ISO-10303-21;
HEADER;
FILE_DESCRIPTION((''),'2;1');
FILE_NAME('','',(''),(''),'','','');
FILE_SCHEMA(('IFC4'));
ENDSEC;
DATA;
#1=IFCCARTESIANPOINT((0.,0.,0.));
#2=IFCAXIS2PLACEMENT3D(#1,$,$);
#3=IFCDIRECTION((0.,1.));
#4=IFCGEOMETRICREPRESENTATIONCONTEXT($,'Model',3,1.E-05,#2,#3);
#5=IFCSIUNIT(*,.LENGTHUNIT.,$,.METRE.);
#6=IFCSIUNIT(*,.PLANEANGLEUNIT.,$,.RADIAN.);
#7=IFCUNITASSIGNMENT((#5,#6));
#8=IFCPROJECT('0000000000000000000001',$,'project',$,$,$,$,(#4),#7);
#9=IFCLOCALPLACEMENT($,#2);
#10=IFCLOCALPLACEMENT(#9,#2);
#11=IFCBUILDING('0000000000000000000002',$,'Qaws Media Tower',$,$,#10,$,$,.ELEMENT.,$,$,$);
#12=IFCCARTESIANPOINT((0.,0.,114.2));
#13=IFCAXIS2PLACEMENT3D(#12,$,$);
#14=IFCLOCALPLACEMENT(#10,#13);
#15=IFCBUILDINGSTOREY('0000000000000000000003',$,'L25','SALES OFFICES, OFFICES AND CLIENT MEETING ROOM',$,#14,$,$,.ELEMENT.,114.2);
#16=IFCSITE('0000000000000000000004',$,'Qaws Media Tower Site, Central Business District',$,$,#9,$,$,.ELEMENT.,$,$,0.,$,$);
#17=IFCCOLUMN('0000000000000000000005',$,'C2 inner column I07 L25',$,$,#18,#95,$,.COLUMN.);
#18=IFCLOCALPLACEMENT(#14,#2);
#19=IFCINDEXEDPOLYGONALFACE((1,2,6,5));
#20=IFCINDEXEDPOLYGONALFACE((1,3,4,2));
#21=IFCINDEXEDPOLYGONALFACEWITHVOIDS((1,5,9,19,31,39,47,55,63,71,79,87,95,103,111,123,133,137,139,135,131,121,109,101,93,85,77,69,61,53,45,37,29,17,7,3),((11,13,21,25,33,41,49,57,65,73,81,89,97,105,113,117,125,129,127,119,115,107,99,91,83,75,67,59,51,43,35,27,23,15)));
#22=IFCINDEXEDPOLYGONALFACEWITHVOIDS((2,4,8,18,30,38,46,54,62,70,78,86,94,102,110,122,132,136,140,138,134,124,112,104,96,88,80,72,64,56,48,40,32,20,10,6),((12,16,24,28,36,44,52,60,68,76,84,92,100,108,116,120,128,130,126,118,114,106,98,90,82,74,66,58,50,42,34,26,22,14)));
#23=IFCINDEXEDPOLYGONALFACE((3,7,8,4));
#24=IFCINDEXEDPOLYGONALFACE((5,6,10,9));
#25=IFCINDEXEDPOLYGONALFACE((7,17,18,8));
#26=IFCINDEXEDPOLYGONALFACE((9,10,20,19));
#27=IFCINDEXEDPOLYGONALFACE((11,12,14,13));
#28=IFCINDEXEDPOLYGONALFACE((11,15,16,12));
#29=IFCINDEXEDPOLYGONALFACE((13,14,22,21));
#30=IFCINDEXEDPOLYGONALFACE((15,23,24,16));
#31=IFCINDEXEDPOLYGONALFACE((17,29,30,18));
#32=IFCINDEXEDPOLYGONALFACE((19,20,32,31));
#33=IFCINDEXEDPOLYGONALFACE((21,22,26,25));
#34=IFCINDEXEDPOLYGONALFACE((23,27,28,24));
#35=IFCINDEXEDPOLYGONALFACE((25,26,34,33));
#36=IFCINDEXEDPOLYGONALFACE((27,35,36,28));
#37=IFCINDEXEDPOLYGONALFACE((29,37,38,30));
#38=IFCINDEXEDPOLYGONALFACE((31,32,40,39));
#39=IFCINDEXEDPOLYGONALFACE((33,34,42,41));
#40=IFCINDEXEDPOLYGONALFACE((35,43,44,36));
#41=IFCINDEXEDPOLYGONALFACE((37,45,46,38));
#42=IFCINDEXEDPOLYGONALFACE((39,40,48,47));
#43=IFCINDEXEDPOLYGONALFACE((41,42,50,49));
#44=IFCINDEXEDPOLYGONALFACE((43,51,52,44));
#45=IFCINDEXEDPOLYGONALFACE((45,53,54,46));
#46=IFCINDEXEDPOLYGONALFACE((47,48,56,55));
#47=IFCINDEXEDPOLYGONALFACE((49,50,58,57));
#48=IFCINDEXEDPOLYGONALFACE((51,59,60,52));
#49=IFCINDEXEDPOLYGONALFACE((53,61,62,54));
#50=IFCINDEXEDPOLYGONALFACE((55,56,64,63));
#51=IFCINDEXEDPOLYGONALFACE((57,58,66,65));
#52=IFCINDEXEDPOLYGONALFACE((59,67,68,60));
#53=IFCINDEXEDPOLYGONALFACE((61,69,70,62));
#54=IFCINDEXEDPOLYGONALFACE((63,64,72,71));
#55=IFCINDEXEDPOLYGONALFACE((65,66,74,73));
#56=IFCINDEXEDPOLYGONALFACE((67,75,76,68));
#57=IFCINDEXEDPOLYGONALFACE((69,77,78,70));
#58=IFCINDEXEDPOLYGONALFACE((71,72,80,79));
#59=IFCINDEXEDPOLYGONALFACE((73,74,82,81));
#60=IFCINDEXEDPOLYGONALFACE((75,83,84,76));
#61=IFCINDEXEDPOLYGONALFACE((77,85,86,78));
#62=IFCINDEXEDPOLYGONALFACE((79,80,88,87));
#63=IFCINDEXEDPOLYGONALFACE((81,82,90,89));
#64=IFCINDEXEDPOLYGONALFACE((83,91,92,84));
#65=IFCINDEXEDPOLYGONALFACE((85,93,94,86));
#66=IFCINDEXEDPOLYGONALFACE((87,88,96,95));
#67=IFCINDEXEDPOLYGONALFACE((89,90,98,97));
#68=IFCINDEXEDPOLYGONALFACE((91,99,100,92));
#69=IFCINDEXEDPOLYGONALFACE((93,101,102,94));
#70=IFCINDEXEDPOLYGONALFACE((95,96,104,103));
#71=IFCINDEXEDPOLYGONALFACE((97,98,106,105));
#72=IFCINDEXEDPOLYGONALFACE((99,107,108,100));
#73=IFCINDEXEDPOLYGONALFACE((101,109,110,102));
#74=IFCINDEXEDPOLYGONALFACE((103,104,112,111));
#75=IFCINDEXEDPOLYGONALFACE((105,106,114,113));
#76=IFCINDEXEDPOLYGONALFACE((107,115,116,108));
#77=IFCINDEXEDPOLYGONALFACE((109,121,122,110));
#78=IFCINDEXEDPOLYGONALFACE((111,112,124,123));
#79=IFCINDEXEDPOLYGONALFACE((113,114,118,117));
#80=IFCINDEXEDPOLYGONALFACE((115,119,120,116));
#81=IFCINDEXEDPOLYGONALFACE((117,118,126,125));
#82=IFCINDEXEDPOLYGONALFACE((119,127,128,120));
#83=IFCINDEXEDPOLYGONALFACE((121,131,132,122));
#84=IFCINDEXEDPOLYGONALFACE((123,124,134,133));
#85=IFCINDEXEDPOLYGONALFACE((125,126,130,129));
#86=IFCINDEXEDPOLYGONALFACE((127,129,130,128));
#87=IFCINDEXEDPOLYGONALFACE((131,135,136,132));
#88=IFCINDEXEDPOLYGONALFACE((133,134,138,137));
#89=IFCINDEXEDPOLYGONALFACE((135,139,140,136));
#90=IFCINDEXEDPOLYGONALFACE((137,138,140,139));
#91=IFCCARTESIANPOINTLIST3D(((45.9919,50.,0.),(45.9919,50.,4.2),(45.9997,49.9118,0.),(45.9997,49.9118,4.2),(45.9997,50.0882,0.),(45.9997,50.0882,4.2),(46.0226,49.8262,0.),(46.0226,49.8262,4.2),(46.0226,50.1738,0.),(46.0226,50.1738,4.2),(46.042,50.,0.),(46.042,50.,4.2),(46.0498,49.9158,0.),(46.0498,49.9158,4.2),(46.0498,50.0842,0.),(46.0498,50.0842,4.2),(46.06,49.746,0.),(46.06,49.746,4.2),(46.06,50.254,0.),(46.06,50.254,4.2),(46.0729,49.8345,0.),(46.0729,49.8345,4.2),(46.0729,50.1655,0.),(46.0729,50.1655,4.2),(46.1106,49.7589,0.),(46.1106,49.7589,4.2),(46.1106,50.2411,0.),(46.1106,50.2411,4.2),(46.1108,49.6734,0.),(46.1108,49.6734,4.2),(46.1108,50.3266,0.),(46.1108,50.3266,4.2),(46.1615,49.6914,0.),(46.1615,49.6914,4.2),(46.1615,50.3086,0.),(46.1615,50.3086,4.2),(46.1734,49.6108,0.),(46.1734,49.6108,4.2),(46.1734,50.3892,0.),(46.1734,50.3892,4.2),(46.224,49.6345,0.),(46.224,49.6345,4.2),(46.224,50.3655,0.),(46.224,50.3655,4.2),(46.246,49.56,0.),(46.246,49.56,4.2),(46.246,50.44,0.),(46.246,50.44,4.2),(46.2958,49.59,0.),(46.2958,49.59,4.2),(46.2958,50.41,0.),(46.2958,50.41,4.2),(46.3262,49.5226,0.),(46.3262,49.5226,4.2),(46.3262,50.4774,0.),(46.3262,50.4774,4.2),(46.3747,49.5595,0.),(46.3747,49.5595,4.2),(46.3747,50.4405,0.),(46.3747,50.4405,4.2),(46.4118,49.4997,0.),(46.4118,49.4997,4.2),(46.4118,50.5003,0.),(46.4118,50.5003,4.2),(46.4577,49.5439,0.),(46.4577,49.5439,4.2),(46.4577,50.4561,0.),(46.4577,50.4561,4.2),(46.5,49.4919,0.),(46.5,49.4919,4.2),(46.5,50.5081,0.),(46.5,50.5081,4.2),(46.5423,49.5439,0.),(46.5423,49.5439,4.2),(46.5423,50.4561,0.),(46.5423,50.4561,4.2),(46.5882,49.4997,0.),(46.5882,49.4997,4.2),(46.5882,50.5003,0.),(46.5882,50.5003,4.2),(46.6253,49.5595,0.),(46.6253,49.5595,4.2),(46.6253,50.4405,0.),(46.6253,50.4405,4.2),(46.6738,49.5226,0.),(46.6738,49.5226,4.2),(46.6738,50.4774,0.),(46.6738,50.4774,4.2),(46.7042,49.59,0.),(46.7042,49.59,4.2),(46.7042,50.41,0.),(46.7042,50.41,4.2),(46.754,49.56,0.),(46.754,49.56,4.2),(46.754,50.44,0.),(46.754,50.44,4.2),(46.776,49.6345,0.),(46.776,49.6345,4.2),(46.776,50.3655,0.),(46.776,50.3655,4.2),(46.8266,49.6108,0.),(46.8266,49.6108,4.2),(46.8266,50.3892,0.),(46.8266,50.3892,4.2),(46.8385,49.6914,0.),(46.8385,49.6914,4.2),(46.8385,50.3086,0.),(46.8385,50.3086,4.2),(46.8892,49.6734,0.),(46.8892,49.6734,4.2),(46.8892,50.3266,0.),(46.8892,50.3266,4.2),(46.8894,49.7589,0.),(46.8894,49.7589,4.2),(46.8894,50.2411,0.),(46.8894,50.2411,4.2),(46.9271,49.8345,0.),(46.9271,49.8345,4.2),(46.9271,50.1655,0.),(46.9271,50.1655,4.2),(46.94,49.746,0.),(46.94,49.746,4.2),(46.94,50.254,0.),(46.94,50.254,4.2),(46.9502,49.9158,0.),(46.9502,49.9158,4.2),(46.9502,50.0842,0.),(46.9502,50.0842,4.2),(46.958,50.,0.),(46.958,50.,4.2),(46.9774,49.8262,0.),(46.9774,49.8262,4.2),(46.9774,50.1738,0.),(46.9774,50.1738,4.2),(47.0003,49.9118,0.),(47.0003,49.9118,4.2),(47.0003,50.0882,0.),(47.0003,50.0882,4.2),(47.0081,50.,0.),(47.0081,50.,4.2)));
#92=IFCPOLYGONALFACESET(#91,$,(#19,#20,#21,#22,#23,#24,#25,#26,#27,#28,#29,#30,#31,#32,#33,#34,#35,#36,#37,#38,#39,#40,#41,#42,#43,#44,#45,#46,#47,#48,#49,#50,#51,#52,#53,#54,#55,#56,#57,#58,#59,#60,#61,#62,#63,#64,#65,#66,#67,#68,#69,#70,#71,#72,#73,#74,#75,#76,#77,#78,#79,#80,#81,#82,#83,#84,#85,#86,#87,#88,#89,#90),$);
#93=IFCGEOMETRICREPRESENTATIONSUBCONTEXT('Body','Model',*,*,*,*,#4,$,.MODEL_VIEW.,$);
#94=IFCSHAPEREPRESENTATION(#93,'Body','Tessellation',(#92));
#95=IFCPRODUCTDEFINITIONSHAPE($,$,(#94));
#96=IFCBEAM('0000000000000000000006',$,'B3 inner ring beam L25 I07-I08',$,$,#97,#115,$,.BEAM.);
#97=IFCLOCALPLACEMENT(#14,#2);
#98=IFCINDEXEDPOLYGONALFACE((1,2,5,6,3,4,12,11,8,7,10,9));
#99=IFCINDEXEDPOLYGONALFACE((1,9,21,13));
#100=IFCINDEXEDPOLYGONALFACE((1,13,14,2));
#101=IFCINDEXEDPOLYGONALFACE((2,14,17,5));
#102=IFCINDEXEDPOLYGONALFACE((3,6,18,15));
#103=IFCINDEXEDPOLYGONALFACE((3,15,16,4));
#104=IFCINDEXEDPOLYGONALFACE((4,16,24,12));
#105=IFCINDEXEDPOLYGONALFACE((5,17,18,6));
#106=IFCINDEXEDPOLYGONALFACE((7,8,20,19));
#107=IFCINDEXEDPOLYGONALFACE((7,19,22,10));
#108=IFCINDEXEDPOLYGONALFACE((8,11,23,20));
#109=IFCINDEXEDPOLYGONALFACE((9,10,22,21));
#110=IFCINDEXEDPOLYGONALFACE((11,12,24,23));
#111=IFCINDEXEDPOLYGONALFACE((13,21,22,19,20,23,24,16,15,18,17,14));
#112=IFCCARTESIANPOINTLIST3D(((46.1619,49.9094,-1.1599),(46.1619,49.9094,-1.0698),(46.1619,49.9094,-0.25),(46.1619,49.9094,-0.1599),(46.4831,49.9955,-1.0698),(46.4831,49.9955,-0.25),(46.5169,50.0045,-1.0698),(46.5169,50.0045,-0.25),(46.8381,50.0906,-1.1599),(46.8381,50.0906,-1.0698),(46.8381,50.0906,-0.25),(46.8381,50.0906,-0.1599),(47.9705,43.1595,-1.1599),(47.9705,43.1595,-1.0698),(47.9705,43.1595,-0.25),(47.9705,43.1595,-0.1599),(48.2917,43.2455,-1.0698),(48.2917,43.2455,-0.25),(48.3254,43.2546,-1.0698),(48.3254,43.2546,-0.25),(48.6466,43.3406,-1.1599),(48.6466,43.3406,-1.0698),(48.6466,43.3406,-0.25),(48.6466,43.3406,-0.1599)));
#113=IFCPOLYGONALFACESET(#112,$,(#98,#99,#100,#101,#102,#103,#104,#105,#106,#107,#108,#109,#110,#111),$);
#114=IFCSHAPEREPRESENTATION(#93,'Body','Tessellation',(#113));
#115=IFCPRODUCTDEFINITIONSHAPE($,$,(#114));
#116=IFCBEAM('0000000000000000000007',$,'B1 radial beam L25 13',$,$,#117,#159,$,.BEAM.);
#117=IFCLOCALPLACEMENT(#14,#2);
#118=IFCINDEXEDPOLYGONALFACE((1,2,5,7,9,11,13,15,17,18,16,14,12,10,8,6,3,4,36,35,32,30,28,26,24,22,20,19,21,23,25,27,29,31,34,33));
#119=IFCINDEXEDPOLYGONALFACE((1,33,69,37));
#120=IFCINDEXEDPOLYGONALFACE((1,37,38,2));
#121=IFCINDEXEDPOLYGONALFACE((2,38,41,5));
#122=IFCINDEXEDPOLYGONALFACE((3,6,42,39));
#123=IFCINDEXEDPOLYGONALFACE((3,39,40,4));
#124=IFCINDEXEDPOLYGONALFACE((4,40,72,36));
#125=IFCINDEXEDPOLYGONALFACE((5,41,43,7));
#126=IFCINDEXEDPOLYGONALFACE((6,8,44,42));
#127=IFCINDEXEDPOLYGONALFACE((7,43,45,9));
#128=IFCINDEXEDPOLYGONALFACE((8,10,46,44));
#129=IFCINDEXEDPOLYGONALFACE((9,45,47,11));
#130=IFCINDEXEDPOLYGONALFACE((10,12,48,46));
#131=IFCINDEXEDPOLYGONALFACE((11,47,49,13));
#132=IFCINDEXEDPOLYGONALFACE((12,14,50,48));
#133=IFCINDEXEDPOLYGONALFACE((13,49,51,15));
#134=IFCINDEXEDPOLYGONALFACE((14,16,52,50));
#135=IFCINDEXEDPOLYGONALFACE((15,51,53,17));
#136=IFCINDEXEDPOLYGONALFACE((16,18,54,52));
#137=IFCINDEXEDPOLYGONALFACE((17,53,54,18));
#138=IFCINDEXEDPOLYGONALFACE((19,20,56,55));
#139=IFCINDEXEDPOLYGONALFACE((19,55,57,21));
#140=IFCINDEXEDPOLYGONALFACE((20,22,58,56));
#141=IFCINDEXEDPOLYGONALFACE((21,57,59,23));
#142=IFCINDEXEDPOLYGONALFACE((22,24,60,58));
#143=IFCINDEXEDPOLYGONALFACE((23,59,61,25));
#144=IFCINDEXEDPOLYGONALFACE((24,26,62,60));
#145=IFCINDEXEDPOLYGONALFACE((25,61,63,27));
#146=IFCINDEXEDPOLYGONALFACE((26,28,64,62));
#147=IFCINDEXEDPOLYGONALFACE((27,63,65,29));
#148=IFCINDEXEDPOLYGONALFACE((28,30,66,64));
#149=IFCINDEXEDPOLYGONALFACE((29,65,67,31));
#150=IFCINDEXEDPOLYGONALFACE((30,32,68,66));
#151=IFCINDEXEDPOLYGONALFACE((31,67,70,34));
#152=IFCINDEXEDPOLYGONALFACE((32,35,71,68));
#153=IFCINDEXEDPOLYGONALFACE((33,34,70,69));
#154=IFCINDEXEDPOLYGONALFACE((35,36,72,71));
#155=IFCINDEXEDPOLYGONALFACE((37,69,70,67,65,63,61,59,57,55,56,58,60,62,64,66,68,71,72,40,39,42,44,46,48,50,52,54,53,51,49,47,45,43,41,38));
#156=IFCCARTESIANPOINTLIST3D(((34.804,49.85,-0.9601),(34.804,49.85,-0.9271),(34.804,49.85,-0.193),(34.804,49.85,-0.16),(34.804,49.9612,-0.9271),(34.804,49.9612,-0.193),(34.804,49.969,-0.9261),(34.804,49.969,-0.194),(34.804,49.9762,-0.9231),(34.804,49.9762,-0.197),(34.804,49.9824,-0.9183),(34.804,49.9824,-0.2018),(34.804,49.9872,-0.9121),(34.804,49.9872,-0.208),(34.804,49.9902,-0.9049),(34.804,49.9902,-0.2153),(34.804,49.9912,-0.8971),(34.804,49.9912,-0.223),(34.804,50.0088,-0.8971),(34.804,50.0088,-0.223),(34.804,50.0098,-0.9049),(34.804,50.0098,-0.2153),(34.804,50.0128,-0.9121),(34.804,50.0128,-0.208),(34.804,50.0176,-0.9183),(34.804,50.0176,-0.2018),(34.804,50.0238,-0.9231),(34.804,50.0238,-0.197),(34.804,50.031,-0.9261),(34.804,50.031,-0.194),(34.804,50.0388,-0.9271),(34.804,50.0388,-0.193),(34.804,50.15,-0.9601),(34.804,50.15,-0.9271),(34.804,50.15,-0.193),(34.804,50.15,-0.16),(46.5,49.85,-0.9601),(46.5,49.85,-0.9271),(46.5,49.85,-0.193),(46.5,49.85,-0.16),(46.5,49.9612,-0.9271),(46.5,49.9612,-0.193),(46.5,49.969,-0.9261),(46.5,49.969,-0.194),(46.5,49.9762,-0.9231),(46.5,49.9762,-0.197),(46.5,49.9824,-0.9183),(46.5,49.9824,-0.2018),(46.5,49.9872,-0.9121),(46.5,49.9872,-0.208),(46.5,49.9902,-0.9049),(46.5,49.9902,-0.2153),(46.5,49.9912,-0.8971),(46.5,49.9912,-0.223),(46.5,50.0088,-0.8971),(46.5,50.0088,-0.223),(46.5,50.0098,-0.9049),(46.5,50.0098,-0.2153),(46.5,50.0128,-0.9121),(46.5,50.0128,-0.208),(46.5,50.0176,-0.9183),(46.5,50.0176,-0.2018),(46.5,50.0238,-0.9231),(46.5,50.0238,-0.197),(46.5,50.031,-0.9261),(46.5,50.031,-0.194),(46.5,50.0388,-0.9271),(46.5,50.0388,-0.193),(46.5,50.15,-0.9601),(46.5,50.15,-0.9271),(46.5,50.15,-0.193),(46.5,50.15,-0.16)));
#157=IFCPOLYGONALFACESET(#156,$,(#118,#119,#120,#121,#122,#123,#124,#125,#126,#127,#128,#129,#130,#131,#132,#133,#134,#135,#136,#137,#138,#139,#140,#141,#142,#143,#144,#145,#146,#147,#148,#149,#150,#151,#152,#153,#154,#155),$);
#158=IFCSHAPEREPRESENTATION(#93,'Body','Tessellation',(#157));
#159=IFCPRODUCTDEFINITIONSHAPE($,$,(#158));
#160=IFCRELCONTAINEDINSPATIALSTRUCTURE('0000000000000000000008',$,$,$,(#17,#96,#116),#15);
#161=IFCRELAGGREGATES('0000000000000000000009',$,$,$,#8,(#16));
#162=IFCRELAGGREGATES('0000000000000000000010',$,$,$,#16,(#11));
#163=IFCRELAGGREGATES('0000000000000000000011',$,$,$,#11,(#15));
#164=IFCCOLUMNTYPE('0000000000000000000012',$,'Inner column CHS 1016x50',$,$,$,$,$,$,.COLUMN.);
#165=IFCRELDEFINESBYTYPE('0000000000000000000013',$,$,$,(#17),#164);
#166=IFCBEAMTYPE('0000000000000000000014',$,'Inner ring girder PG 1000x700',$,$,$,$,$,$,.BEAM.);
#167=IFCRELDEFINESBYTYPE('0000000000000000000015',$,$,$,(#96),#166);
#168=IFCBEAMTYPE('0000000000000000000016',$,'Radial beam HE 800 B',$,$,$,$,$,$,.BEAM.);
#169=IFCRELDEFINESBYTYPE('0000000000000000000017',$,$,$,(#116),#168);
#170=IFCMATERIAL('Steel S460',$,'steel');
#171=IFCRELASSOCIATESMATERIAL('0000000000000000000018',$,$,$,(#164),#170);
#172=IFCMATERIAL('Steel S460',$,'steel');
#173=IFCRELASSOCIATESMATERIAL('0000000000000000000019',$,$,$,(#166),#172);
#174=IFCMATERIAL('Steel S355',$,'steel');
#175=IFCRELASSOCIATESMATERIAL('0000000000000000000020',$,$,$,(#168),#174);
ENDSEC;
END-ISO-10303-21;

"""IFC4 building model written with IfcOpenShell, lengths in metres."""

from ifc_helpers import new_model, si_unit, direction, frame, origin, origin_2d, place, context, subcontext, project, spatial, hollow_circle, i_section, extrude, material, material_profile, profile_set, type_object, element, save


model = new_model("IFC4")

# Units and contexts
model_context = context("Model", 3, precision=1e-05, world=origin(), true_north=direction((0.0, 1.0)))
body_context = subcontext(model_context, "Body", "Model", "MODEL_VIEW")
ifc_project = project(units=[si_unit("LENGTHUNIT", "METRE"), si_unit("PLANEANGLEUNIT", "RADIAN")], contexts=[model_context])

# Site, building, storey
site_placement = place(None, origin())
site = spatial("IfcSite", under=ifc_project, at=site_placement, Name="Qaws Media Tower Site, Central Business District", CompositionType="ELEMENT", RefElevation=0.0)
building_placement = place(site_placement, origin())
building = spatial("IfcBuilding", under=site, at=building_placement, Name="Qaws Media Tower", CompositionType="ELEMENT")
storey_placement = place(building_placement, frame((0.0, 0.0, 114.2)))
storey = spatial("IfcBuildingStorey", under=building, at=storey_placement, Name="L25", Description="SALES OFFICES, OFFICES AND CLIENT MEETING ROOM", CompositionType="ELEMENT", Elevation=114.2)

# Column
ifc_material_1 = material(Name="Steel S460", Category="steel")
ifc_material_profile_1 = material_profile(ifc_material_1, hollow_circle(Radius=0.5081, WallThickness=0.05, at=origin_2d()), Name="CHS 1016x50")
ifc_profile_set_1 = profile_set([ifc_material_profile_1], Name="Steel S460")
column_type = type_object("IfcColumnType", Name="Inner column CHS 1016x50", PredefinedType="COLUMN", material=ifc_profile_set_1)
column_placement = place(storey_placement, frame((46.5, 50.0, 0.0), z_axis=(0.0, 0.0, 1.0), x_axis=(1.0, 0.0, 0.0)))
element("IfcColumn", 1, at=column_placement, inside=storey, type_object=column_type, Name="C2 inner column I07 L25", PredefinedType="COLUMN", context=body_context, shape_type="SweptSolid", body=[
    extrude(hollow_circle(Radius=0.5081, WallThickness=0.05, at=origin_2d()), origin(), (0.0, 0.0, 1.0), 4.2),
])

# Beams
ifc_material_2 = material(Name="Steel S460", Category="steel")
ifc_material_profile_2 = material_profile(ifc_material_2, i_section(OverallWidth=0.7, OverallDepth=1.0, WebThickness=0.0349, FlangeThickness=0.0901, at=origin_2d()), Name="PG 1000x700")
ifc_profile_set_2 = profile_set([ifc_material_profile_2], Name="Steel S460")
beam_type_1 = type_object("IfcBeamType", Name="Inner ring girder PG 1000x700", PredefinedType="BEAM", material=ifc_profile_set_2)
beam_1_placement = place(storey_placement, frame((46.5, 50.0, -0.6599), z_axis=(0.258811, -0.965928, 0.0), x_axis=(0.965928, 0.258811, 0.0)))
element("IfcBeam", 2, at=beam_1_placement, inside=storey, type_object=beam_type_1, Name="B3 inner ring beam L25 I07-I08", PredefinedType="BEAM", context=body_context, shape_type="SweptSolid", body=[
    extrude(i_section(OverallWidth=0.7, OverallDepth=1.0, WebThickness=0.0349, FlangeThickness=0.0901, at=origin_2d()), origin(), (0.0, 0.0, 1.0), 6.988),
])
ifc_material_3 = material(Name="Steel S355", Category="steel")
ifc_material_profile_3 = material_profile(ifc_material_3, i_section(OverallWidth=0.3, OverallDepth=0.8, WebThickness=0.0176, FlangeThickness=0.033, FilletRadius=0.03, at=origin_2d()), Name="HE 800 B")
ifc_profile_set_3 = profile_set([ifc_material_profile_3], Name="Steel S355")
beam_type_2 = type_object("IfcBeamType", Name="Radial beam HE 800 B", PredefinedType="BEAM", material=ifc_profile_set_3)
beam_2_placement = place(storey_placement, frame((46.5, 50.0, -0.5601), z_axis=(-1.0, 0.0, 0.0), x_axis=(0.0, -1.0, 0.0)))
element("IfcBeam", 3, at=beam_2_placement, inside=storey, type_object=beam_type_2, Name="B1 radial beam L25 13", PredefinedType="BEAM", context=body_context, shape_type="SweptSolid", body=[
    extrude(i_section(OverallWidth=0.3, OverallDepth=0.8, WebThickness=0.0176, FlangeThickness=0.033, FilletRadius=0.03, at=origin_2d()), origin(), (0.0, 0.0, 1.0), 11.696),
])

save(model, "model.ifc")
